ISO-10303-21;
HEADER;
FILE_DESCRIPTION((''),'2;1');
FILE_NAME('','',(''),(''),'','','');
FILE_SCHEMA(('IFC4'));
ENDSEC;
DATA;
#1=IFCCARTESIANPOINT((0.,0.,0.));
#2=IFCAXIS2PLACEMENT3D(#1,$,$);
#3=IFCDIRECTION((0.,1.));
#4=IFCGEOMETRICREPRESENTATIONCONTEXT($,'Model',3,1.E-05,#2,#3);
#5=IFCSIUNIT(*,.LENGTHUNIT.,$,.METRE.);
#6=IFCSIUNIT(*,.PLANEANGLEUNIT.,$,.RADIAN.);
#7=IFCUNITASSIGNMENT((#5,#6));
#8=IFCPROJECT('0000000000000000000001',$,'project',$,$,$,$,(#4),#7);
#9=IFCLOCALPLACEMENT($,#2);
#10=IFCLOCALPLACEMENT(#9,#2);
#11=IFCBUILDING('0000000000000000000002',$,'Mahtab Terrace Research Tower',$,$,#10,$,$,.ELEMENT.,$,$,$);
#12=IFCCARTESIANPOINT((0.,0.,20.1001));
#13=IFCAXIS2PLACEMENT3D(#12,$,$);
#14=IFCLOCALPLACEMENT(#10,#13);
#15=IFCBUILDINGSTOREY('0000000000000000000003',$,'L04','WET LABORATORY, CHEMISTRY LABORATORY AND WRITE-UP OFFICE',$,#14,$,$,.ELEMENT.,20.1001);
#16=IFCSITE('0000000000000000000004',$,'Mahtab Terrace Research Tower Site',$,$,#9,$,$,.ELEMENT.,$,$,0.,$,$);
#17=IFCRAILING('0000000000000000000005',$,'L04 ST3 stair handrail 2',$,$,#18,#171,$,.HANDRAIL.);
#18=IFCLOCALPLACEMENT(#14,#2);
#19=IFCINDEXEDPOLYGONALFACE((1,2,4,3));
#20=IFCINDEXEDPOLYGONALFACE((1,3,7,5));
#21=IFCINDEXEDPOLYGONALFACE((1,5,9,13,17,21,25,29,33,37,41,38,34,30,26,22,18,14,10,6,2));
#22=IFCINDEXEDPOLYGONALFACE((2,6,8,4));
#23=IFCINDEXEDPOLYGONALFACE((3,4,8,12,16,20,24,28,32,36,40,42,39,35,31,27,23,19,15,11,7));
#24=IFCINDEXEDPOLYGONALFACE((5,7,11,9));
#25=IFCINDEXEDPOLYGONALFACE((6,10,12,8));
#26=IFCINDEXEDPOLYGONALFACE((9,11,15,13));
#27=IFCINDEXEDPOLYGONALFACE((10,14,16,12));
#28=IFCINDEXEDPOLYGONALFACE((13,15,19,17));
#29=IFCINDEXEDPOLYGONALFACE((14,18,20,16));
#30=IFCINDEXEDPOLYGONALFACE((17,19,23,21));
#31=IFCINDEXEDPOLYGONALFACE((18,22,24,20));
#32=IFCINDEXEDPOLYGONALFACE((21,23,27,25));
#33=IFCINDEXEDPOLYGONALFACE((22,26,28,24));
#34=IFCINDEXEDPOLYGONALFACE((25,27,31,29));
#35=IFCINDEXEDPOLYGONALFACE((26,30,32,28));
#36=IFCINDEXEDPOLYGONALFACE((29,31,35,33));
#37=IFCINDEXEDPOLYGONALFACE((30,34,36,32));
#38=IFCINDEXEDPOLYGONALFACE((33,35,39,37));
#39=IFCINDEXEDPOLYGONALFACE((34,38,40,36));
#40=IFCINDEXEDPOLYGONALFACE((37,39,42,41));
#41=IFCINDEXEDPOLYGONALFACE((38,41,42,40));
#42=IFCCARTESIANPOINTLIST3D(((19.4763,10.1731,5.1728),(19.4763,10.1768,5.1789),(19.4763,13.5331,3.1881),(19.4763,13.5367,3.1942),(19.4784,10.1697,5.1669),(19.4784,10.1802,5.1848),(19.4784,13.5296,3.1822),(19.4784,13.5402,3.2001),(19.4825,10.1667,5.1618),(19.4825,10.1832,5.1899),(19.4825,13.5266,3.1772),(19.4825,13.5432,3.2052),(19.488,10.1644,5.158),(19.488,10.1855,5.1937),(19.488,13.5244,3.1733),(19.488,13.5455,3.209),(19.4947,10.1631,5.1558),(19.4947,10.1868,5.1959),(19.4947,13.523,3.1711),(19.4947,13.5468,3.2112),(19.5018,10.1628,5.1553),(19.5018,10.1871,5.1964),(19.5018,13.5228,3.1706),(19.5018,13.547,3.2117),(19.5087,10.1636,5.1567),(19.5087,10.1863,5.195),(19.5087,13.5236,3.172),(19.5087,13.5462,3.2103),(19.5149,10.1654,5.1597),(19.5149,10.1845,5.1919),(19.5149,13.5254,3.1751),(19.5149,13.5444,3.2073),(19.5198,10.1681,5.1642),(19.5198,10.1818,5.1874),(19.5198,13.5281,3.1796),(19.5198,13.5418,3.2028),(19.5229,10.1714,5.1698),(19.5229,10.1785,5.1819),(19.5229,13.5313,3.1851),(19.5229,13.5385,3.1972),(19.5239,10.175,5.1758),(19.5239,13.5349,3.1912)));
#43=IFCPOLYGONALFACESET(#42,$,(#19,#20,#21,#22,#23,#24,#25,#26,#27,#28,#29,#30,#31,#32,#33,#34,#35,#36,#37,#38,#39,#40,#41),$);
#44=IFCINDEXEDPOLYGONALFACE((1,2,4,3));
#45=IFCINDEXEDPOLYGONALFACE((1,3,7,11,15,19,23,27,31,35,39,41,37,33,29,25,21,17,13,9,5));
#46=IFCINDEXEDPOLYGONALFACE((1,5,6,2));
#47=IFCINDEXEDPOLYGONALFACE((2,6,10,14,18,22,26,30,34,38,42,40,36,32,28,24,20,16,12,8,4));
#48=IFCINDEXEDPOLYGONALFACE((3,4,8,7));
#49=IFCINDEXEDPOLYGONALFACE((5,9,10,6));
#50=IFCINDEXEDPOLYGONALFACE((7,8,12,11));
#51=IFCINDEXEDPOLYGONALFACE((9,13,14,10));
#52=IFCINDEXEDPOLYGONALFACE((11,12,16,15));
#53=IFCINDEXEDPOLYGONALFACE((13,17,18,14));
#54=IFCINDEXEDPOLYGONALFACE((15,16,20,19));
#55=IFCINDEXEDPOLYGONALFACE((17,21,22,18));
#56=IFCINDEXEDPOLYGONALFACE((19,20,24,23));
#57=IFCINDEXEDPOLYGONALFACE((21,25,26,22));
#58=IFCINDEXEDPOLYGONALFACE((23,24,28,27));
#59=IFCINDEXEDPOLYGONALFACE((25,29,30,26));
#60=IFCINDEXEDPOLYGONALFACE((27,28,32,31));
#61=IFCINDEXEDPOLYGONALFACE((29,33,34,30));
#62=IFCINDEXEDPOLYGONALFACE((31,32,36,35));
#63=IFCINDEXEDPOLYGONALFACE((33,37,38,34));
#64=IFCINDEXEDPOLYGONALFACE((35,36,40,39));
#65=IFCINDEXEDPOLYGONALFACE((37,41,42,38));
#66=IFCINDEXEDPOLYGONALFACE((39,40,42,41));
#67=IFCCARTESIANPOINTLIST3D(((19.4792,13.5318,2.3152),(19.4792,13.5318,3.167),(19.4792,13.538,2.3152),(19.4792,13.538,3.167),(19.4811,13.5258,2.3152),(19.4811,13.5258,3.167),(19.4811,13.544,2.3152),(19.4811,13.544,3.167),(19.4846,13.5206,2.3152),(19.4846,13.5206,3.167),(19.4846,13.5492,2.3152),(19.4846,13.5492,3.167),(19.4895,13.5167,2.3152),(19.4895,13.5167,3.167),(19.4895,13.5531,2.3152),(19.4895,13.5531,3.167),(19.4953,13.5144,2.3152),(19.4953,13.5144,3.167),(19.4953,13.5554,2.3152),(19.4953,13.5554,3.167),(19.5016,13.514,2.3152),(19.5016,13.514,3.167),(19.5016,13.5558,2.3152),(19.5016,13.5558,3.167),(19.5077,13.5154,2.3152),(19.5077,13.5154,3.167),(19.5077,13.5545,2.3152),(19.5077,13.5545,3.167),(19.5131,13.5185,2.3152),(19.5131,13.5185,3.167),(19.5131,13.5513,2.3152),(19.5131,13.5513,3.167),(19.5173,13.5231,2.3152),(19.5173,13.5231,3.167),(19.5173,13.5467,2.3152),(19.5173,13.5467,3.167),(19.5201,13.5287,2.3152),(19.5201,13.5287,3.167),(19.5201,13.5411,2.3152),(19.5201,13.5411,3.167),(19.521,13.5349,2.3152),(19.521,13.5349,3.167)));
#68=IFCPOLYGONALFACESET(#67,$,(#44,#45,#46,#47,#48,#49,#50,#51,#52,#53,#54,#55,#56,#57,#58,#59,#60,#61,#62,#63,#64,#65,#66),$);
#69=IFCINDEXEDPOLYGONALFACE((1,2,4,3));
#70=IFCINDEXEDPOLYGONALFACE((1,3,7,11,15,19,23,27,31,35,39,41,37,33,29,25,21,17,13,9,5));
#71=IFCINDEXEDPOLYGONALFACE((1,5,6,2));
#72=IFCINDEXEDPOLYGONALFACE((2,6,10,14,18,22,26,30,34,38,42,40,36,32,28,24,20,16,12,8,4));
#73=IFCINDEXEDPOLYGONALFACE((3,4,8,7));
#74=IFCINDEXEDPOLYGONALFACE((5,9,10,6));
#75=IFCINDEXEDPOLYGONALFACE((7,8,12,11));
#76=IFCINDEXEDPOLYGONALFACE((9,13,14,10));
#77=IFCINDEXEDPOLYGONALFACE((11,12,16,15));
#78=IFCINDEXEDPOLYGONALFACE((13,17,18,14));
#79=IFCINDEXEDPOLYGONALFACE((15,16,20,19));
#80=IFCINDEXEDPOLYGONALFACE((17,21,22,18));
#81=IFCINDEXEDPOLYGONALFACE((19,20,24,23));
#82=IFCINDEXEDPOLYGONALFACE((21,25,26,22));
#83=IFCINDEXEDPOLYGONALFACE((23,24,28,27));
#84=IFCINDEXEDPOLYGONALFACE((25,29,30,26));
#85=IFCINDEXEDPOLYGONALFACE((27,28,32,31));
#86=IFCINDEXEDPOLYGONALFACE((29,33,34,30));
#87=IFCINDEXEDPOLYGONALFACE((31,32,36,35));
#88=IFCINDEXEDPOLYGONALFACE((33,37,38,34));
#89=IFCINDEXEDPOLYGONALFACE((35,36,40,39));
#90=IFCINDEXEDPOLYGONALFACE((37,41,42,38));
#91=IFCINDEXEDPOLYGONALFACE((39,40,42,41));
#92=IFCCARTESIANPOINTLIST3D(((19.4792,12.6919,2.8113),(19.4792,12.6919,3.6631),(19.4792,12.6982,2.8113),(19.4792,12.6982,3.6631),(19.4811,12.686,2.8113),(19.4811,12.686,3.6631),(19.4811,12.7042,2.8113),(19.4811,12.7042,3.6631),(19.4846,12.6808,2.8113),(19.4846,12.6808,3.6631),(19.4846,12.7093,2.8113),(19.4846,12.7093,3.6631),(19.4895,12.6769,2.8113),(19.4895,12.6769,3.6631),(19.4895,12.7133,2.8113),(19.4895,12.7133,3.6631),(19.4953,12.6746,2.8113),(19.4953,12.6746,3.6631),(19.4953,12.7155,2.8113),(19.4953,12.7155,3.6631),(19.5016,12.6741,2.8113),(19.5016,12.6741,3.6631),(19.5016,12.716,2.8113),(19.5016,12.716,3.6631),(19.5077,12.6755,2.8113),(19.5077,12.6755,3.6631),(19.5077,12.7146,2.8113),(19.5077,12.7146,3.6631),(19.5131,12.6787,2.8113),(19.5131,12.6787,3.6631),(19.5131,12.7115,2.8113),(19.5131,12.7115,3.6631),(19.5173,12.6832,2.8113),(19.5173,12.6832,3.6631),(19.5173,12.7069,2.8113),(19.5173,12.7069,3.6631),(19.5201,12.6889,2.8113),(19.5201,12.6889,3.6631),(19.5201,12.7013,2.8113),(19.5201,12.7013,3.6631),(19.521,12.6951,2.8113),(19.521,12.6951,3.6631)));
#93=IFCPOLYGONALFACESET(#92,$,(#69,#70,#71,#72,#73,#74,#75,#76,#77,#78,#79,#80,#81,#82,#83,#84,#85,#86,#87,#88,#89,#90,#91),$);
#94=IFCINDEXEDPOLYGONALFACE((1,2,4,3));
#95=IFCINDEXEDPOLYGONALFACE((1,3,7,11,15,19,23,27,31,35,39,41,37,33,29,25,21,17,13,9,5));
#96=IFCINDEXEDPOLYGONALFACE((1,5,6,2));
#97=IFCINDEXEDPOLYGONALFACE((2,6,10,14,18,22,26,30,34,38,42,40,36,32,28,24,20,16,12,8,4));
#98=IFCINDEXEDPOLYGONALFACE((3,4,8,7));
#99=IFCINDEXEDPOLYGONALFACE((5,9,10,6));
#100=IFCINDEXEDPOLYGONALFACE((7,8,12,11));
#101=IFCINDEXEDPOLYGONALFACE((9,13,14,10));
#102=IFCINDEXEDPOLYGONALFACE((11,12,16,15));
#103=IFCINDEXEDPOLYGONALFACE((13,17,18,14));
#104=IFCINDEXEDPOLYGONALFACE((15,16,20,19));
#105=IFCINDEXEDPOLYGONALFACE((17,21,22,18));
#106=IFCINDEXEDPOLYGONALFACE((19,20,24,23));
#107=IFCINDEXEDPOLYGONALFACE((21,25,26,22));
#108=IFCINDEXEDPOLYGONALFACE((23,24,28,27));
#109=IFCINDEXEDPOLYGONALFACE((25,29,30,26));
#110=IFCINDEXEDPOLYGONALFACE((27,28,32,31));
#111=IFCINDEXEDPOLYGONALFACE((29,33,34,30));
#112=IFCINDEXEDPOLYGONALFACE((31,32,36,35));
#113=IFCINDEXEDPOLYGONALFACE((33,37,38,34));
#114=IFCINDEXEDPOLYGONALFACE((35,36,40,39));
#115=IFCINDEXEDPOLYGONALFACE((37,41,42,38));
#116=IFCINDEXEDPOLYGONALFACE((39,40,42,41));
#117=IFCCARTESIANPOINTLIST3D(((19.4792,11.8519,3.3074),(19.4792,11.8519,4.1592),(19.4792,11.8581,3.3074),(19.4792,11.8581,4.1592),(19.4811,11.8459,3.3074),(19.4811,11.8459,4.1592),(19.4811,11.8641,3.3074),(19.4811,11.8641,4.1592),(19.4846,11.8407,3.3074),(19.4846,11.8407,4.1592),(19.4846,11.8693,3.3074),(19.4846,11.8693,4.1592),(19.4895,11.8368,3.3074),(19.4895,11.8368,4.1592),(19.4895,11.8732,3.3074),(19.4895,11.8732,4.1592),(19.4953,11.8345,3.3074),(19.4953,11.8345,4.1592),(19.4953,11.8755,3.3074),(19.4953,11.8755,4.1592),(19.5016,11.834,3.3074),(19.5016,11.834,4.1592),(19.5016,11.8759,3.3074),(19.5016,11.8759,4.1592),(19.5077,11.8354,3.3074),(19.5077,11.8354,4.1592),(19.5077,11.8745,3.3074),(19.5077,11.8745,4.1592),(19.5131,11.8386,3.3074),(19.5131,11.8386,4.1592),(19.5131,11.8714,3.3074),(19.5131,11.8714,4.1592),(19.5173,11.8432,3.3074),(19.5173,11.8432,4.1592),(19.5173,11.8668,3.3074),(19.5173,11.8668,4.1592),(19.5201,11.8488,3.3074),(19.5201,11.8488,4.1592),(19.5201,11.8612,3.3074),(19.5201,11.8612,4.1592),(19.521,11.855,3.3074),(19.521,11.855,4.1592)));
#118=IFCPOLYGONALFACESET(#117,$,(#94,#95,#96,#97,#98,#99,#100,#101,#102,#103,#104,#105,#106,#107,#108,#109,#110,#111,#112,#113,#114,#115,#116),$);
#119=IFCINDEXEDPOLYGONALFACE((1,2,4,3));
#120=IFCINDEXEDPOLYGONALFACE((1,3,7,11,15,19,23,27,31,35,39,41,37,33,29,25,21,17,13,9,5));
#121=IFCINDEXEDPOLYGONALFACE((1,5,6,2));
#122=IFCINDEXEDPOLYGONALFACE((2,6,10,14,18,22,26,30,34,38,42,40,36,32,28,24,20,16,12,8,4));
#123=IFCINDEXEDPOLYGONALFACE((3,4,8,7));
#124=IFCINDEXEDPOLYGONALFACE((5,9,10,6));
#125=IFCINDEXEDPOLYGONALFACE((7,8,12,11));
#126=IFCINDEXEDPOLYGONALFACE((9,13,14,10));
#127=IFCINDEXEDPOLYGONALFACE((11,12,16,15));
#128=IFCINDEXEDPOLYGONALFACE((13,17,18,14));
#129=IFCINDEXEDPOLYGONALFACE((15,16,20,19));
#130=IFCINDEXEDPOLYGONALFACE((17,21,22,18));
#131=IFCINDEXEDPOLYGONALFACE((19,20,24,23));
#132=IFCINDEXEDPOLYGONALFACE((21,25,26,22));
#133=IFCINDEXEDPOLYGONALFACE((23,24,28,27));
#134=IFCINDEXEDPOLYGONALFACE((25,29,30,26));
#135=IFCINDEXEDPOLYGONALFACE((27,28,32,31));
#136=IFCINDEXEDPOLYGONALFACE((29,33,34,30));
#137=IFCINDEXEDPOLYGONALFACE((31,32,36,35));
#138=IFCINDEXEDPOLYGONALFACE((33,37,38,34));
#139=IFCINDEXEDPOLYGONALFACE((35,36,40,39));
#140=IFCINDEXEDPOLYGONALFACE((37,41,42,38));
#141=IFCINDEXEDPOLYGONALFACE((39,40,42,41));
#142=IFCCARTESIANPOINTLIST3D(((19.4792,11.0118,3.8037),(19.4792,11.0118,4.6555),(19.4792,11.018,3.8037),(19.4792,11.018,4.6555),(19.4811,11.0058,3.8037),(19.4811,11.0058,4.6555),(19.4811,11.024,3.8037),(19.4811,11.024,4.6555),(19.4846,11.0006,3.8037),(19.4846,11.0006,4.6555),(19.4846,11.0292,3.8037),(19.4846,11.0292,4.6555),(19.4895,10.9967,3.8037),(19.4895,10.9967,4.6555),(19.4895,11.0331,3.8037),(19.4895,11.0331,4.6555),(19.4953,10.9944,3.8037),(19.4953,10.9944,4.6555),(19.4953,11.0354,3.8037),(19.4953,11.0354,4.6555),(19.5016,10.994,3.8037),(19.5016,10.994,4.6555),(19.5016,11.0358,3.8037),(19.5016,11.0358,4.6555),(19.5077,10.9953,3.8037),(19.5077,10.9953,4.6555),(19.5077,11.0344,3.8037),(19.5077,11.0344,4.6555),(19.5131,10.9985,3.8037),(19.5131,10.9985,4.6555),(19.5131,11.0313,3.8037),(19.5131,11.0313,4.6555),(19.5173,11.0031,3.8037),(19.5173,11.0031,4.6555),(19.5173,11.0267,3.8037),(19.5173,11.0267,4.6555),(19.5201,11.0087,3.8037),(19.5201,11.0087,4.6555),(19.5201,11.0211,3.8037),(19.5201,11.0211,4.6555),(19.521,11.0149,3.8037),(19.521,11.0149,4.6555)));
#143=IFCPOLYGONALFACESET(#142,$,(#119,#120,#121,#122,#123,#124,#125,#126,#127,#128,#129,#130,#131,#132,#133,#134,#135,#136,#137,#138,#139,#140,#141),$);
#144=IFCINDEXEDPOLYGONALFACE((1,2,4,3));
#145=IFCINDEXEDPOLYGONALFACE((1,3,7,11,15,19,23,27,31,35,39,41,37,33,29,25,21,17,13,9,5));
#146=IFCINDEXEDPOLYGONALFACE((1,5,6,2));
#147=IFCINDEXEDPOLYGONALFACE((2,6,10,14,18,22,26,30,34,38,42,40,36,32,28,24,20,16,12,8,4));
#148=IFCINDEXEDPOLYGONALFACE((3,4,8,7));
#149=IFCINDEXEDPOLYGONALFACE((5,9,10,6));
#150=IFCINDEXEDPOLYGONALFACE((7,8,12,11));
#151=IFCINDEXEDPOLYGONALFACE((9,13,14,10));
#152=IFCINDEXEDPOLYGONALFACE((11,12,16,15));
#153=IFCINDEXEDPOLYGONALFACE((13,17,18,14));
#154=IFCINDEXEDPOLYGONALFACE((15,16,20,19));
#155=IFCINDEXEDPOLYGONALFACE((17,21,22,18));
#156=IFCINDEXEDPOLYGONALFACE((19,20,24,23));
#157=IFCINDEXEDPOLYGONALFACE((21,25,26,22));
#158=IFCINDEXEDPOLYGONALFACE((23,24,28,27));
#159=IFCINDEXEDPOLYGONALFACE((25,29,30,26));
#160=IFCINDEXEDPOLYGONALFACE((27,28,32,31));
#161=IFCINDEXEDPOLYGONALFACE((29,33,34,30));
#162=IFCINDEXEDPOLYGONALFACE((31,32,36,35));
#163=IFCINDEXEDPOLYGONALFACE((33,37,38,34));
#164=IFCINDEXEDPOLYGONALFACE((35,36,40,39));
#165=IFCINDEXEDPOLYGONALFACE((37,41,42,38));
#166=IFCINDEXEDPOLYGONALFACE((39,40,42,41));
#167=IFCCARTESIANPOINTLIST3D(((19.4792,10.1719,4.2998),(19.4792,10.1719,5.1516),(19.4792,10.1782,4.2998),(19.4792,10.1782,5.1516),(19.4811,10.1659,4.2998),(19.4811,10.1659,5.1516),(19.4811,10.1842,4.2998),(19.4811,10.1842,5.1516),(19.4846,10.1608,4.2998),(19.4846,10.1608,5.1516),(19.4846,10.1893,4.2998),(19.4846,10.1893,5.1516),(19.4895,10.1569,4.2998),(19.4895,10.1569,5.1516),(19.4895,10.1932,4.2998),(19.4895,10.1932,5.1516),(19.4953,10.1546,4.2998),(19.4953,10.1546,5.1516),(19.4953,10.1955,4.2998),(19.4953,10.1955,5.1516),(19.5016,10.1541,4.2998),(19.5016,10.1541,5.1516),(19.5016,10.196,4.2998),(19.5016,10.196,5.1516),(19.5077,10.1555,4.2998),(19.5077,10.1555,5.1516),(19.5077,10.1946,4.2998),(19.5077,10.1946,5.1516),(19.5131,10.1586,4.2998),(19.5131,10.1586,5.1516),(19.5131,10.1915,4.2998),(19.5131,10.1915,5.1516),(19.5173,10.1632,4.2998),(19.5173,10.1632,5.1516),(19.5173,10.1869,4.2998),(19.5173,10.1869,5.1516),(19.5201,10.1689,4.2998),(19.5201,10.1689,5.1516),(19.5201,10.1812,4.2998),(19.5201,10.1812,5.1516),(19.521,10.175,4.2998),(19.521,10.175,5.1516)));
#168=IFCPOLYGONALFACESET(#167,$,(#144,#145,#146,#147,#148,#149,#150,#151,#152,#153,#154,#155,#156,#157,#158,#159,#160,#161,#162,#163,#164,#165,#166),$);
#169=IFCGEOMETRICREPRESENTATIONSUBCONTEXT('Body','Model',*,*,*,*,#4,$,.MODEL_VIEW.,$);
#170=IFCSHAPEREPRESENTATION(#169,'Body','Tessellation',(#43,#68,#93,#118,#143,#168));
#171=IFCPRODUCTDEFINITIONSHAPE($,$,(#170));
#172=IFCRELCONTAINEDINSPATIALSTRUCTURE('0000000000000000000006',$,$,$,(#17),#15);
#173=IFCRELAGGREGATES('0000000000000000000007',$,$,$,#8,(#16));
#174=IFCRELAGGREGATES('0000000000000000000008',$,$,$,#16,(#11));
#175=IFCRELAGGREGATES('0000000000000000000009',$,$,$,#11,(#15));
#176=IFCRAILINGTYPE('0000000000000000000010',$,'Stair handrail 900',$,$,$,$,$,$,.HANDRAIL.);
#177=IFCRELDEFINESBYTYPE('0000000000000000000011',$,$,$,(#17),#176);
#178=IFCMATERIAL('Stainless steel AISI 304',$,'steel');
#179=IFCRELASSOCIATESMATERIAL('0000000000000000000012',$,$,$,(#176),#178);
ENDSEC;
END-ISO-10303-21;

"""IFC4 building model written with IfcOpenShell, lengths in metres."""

from ifc_helpers import new_model, si_unit, direction, frame, origin, origin_2d, place, context, subcontext, project, spatial, circle, extrude, material, type_object, element, save


model = new_model("IFC4")

# Units and contexts
model_context = context("Model", 3, precision=1e-05, world=origin(), true_north=direction((0.0, 1.0)))
body_context = subcontext(model_context, "Body", "Model", "MODEL_VIEW")
ifc_project = project(units=[si_unit("LENGTHUNIT", "METRE"), si_unit("PLANEANGLEUNIT", "RADIAN")], contexts=[model_context])

# Site, building, storey
site_placement = place(None, origin())
site = spatial("IfcSite", under=ifc_project, at=site_placement, Name="Mahtab Terrace Research Tower Site", CompositionType="ELEMENT", RefElevation=0.0)
building_placement = place(site_placement, origin())
building = spatial("IfcBuilding", under=site, at=building_placement, Name="Mahtab Terrace Research Tower", CompositionType="ELEMENT")
storey_placement = place(building_placement, frame((0.0, 0.0, 20.1001)))
storey = spatial("IfcBuildingStorey", under=building, at=storey_placement, Name="L04", Description="WET LABORATORY, CHEMISTRY LABORATORY AND WRITE-UP OFFICE", CompositionType="ELEMENT", Elevation=20.1001)

# Shared definitions
ifc_material_1 = material(Name="Stainless steel AISI 304", Category="steel")

# Railing
railing_type_1 = type_object("IfcRailingType", Name="Stair handrail 900", PredefinedType="HANDRAIL", material=ifc_material_1)
railing_1_placement = place(storey_placement, frame((19.5, 13.5349, 2.3152)))
element("IfcRailing", 1, at=railing_1_placement, inside=storey, type_object=railing_type_1, Name="L04 ST3 stair handrail 2", PredefinedType="HANDRAIL", context=body_context, shape_type="SweptSolid", body=[
    extrude(circle(Radius=0.0239, at=origin_2d()), frame((0.0, 0.0, 0.876), z_axis=(0.0, -0.861011, 0.508586), x_axis=(1.0, 0.0, 0.0)), (0.0, 0.0, 1.0), 3.9023),
    extrude(circle(Radius=0.021, at=origin_2d()), origin(), (0.0, 0.0, 1.0), 0.8518),
    extrude(circle(Radius=0.021, at=origin_2d()), frame((0.0, -0.8398, 0.4961)), (0.0, 0.0, 1.0), 0.8518),
    extrude(circle(Radius=0.021, at=origin_2d()), frame((0.0, -1.6799, 0.9922)), (0.0, 0.0, 1.0), 0.8518),
    extrude(circle(Radius=0.021, at=origin_2d()), frame((0.0, -2.52, 1.4885)), (0.0, 0.0, 1.0), 0.8518),
    extrude(circle(Radius=0.021, at=origin_2d()), frame((0.0, -3.3599, 1.9846)), (0.0, 0.0, 1.0), 0.8518),
])

save(model, "model.ifc")
